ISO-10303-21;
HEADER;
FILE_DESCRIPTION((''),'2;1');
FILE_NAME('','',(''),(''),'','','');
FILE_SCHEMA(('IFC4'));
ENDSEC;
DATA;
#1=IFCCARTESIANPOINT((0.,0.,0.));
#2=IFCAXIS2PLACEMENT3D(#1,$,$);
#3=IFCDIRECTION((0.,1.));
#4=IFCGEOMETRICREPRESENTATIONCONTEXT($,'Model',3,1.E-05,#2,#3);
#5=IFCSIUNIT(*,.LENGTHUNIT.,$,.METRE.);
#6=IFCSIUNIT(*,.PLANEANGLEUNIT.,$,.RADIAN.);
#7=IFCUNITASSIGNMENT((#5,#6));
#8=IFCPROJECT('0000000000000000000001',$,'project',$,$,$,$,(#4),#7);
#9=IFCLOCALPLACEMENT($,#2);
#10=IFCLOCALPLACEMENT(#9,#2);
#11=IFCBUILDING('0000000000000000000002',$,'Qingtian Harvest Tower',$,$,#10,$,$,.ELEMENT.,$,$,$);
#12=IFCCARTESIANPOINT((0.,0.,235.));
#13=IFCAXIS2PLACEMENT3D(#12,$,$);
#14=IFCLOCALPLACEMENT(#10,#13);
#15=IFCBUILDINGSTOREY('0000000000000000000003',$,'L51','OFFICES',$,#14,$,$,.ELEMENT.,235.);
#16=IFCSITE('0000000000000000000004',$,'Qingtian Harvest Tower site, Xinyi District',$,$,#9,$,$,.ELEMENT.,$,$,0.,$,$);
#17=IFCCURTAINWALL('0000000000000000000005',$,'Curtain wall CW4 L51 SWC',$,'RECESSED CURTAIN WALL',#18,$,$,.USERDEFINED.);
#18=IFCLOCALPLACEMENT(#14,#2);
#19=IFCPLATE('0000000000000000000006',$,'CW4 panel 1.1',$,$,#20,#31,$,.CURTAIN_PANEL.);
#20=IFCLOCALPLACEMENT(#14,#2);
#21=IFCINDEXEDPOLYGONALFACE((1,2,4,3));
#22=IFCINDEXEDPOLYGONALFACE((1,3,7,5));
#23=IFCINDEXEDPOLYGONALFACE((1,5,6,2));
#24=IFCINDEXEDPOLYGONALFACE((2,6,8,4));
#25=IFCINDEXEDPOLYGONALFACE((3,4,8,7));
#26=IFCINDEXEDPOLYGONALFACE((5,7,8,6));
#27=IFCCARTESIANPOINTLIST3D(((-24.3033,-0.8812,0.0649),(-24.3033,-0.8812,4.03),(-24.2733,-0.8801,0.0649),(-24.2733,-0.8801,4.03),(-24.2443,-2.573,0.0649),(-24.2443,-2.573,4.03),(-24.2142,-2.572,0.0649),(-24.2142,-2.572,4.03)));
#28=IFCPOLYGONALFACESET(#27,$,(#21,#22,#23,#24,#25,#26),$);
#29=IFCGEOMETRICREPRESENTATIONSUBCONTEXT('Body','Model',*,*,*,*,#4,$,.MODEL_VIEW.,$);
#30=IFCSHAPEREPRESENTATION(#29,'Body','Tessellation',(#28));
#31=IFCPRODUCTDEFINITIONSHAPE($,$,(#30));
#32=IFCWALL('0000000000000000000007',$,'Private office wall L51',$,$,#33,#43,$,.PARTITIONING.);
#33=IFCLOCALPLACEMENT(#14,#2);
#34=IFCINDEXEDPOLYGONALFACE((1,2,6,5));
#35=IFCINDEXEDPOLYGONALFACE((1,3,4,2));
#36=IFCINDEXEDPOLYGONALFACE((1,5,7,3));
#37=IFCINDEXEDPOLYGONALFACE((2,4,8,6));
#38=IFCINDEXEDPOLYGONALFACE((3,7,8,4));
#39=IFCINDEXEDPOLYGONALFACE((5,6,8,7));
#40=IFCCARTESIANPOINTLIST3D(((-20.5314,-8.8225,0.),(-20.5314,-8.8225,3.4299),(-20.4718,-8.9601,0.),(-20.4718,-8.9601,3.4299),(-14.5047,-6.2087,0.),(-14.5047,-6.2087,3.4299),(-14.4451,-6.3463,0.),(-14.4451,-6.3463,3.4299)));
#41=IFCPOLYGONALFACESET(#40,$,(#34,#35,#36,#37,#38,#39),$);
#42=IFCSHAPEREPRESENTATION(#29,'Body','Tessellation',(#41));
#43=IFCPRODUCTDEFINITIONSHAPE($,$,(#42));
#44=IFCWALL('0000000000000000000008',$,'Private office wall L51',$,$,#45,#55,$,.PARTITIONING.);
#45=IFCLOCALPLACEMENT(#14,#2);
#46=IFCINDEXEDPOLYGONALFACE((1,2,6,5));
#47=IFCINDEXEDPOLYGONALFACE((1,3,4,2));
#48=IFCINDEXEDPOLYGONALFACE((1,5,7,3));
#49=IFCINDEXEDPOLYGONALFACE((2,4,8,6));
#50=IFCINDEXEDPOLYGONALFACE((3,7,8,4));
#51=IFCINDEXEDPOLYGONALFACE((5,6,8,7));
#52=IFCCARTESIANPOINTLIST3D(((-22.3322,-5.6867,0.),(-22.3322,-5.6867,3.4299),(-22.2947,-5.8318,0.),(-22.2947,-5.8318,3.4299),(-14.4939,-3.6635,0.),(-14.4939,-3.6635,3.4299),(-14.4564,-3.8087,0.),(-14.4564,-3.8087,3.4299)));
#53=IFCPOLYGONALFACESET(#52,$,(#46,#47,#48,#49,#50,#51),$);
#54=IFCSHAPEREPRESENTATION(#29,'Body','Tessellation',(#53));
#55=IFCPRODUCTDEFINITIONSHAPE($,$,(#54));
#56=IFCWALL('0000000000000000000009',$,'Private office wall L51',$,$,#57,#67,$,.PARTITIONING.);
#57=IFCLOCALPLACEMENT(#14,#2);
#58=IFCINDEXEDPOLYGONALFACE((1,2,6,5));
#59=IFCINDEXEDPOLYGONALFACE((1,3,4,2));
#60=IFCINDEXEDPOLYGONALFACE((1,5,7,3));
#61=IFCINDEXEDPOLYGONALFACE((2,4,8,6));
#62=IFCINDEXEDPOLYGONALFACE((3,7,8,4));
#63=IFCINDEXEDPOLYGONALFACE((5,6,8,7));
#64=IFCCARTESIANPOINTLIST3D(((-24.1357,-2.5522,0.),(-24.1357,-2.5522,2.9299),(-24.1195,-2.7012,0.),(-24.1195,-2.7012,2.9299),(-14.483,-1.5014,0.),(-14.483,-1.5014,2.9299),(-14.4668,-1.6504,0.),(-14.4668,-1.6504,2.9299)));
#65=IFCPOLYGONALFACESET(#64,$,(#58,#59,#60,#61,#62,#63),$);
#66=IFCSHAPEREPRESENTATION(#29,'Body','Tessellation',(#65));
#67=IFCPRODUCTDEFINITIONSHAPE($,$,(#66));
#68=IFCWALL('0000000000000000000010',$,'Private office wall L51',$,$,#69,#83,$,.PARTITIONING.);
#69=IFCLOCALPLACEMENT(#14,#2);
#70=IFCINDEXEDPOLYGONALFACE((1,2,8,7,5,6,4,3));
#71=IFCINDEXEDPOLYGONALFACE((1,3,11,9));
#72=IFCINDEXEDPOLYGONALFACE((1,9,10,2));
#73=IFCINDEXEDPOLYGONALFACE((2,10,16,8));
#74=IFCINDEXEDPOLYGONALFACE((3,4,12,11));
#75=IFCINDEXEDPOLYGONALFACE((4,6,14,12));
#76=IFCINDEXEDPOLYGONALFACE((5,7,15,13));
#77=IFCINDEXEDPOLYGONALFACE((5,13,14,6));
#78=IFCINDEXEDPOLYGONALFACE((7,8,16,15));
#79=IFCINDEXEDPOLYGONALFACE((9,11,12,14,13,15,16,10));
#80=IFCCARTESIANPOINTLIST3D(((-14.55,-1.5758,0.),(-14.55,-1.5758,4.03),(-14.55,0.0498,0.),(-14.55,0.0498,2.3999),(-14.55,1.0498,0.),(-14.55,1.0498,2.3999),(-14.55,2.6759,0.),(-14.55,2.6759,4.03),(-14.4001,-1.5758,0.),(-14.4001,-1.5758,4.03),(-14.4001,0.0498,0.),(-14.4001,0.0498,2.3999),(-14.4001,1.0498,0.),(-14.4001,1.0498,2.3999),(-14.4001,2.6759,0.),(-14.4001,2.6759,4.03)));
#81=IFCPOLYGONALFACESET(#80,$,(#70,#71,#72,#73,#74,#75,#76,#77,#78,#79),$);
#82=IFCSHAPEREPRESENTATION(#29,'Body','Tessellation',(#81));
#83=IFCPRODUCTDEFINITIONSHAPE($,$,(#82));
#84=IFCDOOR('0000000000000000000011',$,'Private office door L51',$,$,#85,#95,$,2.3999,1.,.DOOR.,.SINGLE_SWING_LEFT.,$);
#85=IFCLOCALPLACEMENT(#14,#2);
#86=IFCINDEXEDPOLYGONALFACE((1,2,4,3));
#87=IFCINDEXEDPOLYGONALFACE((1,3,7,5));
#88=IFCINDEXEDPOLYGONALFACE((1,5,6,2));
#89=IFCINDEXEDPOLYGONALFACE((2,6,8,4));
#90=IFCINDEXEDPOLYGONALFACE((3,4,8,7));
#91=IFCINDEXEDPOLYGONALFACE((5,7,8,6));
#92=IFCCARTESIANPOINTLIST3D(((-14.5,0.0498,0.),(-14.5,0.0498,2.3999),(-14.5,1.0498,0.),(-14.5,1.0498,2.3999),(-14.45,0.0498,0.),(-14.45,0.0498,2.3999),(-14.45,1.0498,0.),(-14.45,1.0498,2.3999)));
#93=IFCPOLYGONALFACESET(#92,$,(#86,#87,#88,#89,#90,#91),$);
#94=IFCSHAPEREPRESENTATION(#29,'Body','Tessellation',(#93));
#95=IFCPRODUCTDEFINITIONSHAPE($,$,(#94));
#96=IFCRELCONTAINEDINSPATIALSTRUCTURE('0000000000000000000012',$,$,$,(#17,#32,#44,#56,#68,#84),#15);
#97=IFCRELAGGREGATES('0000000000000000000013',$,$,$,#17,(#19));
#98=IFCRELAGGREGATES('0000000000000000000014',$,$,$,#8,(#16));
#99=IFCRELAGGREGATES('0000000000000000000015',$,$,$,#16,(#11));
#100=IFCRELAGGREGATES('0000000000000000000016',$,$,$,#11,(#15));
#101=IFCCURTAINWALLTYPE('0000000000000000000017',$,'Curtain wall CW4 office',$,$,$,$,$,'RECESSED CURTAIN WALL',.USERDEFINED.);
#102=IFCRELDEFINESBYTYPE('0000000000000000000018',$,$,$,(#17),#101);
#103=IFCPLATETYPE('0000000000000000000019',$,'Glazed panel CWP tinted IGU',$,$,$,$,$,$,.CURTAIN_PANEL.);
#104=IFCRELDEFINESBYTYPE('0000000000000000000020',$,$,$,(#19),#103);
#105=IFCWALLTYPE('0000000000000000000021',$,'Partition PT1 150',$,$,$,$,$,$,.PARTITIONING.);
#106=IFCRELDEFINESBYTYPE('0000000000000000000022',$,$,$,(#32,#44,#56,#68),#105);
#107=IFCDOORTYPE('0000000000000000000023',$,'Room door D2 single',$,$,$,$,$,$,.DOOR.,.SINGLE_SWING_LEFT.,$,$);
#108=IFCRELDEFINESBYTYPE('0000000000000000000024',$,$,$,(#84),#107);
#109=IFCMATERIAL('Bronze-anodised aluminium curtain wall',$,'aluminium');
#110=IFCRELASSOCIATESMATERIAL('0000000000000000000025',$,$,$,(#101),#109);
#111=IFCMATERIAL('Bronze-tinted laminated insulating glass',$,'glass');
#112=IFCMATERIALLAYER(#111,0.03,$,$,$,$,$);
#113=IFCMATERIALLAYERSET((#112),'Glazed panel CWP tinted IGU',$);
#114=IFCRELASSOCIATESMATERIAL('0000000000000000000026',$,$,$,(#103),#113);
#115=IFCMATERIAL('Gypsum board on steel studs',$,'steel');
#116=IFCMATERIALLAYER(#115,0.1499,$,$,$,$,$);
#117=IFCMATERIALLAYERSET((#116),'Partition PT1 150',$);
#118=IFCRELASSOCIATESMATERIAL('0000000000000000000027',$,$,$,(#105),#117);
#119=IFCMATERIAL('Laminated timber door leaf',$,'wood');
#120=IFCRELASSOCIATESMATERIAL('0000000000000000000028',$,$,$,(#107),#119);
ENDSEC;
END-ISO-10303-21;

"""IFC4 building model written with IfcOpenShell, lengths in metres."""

from ifc_helpers import new_model, si_unit, direction, frame, frame_2d, origin, origin_2d, place, context, subcontext, project, spatial, rectangle, extrude, material, layer, layer_set, type_object, element, fill, aggregate, save


model = new_model("IFC4")

# Units and contexts
model_context = context("Model", 3, precision=1e-05, world=origin(), true_north=direction((0.0, 1.0)))
body_context = subcontext(model_context, "Body", "Model", "MODEL_VIEW")
ifc_project = project(units=[si_unit("LENGTHUNIT", "METRE"), si_unit("PLANEANGLEUNIT", "RADIAN")], contexts=[model_context])

# Site, building, storey
site_placement = place(None, origin())
site = spatial("IfcSite", under=ifc_project, at=site_placement, Name="Qingtian Harvest Tower site, Xinyi District", CompositionType="ELEMENT", RefElevation=0.0)
building_placement = place(site_placement, origin())
building = spatial("IfcBuilding", under=site, at=building_placement, Name="Qingtian Harvest Tower", CompositionType="ELEMENT")
storey_placement = place(building_placement, frame((0.0, 0.0, 235.0)))
storey = spatial("IfcBuildingStorey", under=building, at=storey_placement, Name="L51", Description="OFFICES", CompositionType="ELEMENT", Elevation=235.0)

# Curtain wall
ifc_material_1 = material(Name="Bronze-anodised aluminium curtain wall", Category="aluminium")
curtain_wall_type = type_object("IfcCurtainWallType", Name="Curtain wall CW4 office", ElementType="RECESSED CURTAIN WALL", PredefinedType="USERDEFINED", material=ifc_material_1)
curtain_wall_1_placement = place(storey_placement, origin())
curtain_wall_1 = element("IfcCurtainWall", 1, at=curtain_wall_1_placement, inside=storey, type_object=curtain_wall_type, Name="Curtain wall CW4 L51 SWC", ObjectType="RECESSED CURTAIN WALL", PredefinedType="USERDEFINED")

# Plate
ifc_material_2 = material(Name="Bronze-tinted laminated insulating glass", Category="glass")
ifc_layer_1 = layer(ifc_material_2, 0.03)
ifc_layer_set_1 = layer_set([ifc_layer_1], Name="Glazed panel CWP tinted IGU")
plate_type = type_object("IfcPlateType", Name="Glazed panel CWP tinted IGU", PredefinedType="CURTAIN_PANEL", material=ifc_layer_set_1)
plate_1_placement = place(storey_placement, frame((-24.2588, -1.7266, 0.0649), z_axis=(0.0, 0.0, 1.0), x_axis=(-0.034899, 0.999391, 0.0)))
plate_1 = element("IfcPlate", 2, at=plate_1_placement, type_object=plate_type, Name="CW4 panel 1.1", PredefinedType="CURTAIN_PANEL", context=body_context, shape_type="SweptSolid", body=[
    extrude(rectangle(XDim=1.6929, YDim=0.03, at=origin_2d()), origin(), (0.0, 0.0, 1.0), 3.9651),
])
aggregate(curtain_wall_1, [plate_1])

# Shared definitions
ifc_material_3 = material(Name="Gypsum board on steel studs", Category="steel")
ifc_layer_2 = layer(ifc_material_3, 0.1499)
ifc_layer_set_2 = layer_set([ifc_layer_2], Name="Partition PT1 150")
wall_type = type_object("IfcWallType", Name="Partition PT1 150", PredefinedType="PARTITIONING", material=ifc_layer_set_2)
ifc_material_4 = material(Name="Laminated timber door leaf", Category="wood")
door_type = type_object("IfcDoorType", Name="Room door D2 single", OperationType="SINGLE_SWING_LEFT", PredefinedType="DOOR", material=ifc_material_4)

# Wall
wall_1_placement = place(storey_placement, frame((-20.5017, -8.8914, 0.0), z_axis=(0.0, 0.0, 1.0), x_axis=(0.917431, 0.397894, 0.0)))
element("IfcWall", 3, at=wall_1_placement, inside=storey, type_object=wall_type, Name="Private office wall L51", PredefinedType="PARTITIONING", context=body_context, shape_type="SweptSolid", body=[
    extrude(rectangle(XDim=6.5691, YDim=0.1499, at=frame_2d((3.2847, 0.0))), origin(), (0.0, 0.0, 1.0), 3.4299),
])

# Wall
wall_2_placement = place(storey_placement, frame((-22.3135, -5.7593, 0.0), z_axis=(0.0, 0.0, 1.0), x_axis=(0.968266, 0.249923, 0.0)))
element("IfcWall", 4, at=wall_2_placement, inside=storey, type_object=wall_type, Name="Private office wall L51", PredefinedType="PARTITIONING", context=body_context, shape_type="SweptSolid", body=[
    extrude(rectangle(XDim=8.0952, YDim=0.1499, at=frame_2d((4.0476, 0.0))), origin(), (0.0, 0.0, 1.0), 3.4299),
])

# Wall
wall_3_placement = place(storey_placement, frame((-24.1277, -2.6267, 0.0), z_axis=(0.0, 0.0, 1.0), x_axis=(0.994127, 0.108221, 0.0)))
element("IfcWall", 5, at=wall_3_placement, inside=storey, type_object=wall_type, Name="Private office wall L51", PredefinedType="PARTITIONING", context=body_context, shape_type="SweptSolid", body=[
    extrude(rectangle(XDim=9.7097, YDim=0.1499, at=frame_2d((4.855, 0.0))), origin(), (0.0, 0.0, 1.0), 2.9299),
])

# Wall, opening, door
wall_4_placement = place(storey_placement, frame((-14.4751, -1.5759, 0.0), z_axis=(0.0, 0.0, 1.0), x_axis=(0.0, 1.0, 0.0)))
wall_4 = element("IfcWall", 6, at=wall_4_placement, inside=storey, type_object=wall_type, Name="Private office wall L51", PredefinedType="PARTITIONING", context=body_context, shape_type="SweptSolid", body=[
    extrude(rectangle(XDim=4.2517, YDim=0.1499, at=frame_2d((2.126, 0.0))), origin(), (0.0, 0.0, 1.0), 4.03),
])
opening_1_placement = place(wall_4_placement, frame((1.6257, 0.0, 0.0)))
opening_1 = element("IfcOpeningElement", 7, at=opening_1_placement, cuts=wall_4, PredefinedType="OPENING", context=body_context, shape_type="SweptSolid", body=[
    extrude(rectangle(XDim=1.0, YDim=2.3999, at=frame_2d((0.5, 1.2))), frame((0.0, 0.085, 0.0), z_axis=(0.0, -1.0, 0.0), x_axis=(1.0, 0.0, 0.0)), (0.0, 0.0, 1.0), 0.1699),
])
door_1_placement = place(opening_1_placement, origin())
door_1 = element("IfcDoor", 8, at=door_1_placement, inside=storey, type_object=door_type, Name="Private office door L51", OperationType="SINGLE_SWING_LEFT", OverallHeight=2.3999, OverallWidth=1.0, PredefinedType="DOOR", context=body_context, shape_type="SweptSolid", body=[
    extrude(rectangle(XDim=1.0, YDim=2.3999, at=frame_2d((0.5, 1.2))), frame((0.0, 0.0249, 0.0), z_axis=(0.0, -1.0, 0.0), x_axis=(1.0, 0.0, 0.0)), (0.0, 0.0, 1.0), 0.05),
])
fill(opening_1, door_1)

save(model, "model.ifc")
